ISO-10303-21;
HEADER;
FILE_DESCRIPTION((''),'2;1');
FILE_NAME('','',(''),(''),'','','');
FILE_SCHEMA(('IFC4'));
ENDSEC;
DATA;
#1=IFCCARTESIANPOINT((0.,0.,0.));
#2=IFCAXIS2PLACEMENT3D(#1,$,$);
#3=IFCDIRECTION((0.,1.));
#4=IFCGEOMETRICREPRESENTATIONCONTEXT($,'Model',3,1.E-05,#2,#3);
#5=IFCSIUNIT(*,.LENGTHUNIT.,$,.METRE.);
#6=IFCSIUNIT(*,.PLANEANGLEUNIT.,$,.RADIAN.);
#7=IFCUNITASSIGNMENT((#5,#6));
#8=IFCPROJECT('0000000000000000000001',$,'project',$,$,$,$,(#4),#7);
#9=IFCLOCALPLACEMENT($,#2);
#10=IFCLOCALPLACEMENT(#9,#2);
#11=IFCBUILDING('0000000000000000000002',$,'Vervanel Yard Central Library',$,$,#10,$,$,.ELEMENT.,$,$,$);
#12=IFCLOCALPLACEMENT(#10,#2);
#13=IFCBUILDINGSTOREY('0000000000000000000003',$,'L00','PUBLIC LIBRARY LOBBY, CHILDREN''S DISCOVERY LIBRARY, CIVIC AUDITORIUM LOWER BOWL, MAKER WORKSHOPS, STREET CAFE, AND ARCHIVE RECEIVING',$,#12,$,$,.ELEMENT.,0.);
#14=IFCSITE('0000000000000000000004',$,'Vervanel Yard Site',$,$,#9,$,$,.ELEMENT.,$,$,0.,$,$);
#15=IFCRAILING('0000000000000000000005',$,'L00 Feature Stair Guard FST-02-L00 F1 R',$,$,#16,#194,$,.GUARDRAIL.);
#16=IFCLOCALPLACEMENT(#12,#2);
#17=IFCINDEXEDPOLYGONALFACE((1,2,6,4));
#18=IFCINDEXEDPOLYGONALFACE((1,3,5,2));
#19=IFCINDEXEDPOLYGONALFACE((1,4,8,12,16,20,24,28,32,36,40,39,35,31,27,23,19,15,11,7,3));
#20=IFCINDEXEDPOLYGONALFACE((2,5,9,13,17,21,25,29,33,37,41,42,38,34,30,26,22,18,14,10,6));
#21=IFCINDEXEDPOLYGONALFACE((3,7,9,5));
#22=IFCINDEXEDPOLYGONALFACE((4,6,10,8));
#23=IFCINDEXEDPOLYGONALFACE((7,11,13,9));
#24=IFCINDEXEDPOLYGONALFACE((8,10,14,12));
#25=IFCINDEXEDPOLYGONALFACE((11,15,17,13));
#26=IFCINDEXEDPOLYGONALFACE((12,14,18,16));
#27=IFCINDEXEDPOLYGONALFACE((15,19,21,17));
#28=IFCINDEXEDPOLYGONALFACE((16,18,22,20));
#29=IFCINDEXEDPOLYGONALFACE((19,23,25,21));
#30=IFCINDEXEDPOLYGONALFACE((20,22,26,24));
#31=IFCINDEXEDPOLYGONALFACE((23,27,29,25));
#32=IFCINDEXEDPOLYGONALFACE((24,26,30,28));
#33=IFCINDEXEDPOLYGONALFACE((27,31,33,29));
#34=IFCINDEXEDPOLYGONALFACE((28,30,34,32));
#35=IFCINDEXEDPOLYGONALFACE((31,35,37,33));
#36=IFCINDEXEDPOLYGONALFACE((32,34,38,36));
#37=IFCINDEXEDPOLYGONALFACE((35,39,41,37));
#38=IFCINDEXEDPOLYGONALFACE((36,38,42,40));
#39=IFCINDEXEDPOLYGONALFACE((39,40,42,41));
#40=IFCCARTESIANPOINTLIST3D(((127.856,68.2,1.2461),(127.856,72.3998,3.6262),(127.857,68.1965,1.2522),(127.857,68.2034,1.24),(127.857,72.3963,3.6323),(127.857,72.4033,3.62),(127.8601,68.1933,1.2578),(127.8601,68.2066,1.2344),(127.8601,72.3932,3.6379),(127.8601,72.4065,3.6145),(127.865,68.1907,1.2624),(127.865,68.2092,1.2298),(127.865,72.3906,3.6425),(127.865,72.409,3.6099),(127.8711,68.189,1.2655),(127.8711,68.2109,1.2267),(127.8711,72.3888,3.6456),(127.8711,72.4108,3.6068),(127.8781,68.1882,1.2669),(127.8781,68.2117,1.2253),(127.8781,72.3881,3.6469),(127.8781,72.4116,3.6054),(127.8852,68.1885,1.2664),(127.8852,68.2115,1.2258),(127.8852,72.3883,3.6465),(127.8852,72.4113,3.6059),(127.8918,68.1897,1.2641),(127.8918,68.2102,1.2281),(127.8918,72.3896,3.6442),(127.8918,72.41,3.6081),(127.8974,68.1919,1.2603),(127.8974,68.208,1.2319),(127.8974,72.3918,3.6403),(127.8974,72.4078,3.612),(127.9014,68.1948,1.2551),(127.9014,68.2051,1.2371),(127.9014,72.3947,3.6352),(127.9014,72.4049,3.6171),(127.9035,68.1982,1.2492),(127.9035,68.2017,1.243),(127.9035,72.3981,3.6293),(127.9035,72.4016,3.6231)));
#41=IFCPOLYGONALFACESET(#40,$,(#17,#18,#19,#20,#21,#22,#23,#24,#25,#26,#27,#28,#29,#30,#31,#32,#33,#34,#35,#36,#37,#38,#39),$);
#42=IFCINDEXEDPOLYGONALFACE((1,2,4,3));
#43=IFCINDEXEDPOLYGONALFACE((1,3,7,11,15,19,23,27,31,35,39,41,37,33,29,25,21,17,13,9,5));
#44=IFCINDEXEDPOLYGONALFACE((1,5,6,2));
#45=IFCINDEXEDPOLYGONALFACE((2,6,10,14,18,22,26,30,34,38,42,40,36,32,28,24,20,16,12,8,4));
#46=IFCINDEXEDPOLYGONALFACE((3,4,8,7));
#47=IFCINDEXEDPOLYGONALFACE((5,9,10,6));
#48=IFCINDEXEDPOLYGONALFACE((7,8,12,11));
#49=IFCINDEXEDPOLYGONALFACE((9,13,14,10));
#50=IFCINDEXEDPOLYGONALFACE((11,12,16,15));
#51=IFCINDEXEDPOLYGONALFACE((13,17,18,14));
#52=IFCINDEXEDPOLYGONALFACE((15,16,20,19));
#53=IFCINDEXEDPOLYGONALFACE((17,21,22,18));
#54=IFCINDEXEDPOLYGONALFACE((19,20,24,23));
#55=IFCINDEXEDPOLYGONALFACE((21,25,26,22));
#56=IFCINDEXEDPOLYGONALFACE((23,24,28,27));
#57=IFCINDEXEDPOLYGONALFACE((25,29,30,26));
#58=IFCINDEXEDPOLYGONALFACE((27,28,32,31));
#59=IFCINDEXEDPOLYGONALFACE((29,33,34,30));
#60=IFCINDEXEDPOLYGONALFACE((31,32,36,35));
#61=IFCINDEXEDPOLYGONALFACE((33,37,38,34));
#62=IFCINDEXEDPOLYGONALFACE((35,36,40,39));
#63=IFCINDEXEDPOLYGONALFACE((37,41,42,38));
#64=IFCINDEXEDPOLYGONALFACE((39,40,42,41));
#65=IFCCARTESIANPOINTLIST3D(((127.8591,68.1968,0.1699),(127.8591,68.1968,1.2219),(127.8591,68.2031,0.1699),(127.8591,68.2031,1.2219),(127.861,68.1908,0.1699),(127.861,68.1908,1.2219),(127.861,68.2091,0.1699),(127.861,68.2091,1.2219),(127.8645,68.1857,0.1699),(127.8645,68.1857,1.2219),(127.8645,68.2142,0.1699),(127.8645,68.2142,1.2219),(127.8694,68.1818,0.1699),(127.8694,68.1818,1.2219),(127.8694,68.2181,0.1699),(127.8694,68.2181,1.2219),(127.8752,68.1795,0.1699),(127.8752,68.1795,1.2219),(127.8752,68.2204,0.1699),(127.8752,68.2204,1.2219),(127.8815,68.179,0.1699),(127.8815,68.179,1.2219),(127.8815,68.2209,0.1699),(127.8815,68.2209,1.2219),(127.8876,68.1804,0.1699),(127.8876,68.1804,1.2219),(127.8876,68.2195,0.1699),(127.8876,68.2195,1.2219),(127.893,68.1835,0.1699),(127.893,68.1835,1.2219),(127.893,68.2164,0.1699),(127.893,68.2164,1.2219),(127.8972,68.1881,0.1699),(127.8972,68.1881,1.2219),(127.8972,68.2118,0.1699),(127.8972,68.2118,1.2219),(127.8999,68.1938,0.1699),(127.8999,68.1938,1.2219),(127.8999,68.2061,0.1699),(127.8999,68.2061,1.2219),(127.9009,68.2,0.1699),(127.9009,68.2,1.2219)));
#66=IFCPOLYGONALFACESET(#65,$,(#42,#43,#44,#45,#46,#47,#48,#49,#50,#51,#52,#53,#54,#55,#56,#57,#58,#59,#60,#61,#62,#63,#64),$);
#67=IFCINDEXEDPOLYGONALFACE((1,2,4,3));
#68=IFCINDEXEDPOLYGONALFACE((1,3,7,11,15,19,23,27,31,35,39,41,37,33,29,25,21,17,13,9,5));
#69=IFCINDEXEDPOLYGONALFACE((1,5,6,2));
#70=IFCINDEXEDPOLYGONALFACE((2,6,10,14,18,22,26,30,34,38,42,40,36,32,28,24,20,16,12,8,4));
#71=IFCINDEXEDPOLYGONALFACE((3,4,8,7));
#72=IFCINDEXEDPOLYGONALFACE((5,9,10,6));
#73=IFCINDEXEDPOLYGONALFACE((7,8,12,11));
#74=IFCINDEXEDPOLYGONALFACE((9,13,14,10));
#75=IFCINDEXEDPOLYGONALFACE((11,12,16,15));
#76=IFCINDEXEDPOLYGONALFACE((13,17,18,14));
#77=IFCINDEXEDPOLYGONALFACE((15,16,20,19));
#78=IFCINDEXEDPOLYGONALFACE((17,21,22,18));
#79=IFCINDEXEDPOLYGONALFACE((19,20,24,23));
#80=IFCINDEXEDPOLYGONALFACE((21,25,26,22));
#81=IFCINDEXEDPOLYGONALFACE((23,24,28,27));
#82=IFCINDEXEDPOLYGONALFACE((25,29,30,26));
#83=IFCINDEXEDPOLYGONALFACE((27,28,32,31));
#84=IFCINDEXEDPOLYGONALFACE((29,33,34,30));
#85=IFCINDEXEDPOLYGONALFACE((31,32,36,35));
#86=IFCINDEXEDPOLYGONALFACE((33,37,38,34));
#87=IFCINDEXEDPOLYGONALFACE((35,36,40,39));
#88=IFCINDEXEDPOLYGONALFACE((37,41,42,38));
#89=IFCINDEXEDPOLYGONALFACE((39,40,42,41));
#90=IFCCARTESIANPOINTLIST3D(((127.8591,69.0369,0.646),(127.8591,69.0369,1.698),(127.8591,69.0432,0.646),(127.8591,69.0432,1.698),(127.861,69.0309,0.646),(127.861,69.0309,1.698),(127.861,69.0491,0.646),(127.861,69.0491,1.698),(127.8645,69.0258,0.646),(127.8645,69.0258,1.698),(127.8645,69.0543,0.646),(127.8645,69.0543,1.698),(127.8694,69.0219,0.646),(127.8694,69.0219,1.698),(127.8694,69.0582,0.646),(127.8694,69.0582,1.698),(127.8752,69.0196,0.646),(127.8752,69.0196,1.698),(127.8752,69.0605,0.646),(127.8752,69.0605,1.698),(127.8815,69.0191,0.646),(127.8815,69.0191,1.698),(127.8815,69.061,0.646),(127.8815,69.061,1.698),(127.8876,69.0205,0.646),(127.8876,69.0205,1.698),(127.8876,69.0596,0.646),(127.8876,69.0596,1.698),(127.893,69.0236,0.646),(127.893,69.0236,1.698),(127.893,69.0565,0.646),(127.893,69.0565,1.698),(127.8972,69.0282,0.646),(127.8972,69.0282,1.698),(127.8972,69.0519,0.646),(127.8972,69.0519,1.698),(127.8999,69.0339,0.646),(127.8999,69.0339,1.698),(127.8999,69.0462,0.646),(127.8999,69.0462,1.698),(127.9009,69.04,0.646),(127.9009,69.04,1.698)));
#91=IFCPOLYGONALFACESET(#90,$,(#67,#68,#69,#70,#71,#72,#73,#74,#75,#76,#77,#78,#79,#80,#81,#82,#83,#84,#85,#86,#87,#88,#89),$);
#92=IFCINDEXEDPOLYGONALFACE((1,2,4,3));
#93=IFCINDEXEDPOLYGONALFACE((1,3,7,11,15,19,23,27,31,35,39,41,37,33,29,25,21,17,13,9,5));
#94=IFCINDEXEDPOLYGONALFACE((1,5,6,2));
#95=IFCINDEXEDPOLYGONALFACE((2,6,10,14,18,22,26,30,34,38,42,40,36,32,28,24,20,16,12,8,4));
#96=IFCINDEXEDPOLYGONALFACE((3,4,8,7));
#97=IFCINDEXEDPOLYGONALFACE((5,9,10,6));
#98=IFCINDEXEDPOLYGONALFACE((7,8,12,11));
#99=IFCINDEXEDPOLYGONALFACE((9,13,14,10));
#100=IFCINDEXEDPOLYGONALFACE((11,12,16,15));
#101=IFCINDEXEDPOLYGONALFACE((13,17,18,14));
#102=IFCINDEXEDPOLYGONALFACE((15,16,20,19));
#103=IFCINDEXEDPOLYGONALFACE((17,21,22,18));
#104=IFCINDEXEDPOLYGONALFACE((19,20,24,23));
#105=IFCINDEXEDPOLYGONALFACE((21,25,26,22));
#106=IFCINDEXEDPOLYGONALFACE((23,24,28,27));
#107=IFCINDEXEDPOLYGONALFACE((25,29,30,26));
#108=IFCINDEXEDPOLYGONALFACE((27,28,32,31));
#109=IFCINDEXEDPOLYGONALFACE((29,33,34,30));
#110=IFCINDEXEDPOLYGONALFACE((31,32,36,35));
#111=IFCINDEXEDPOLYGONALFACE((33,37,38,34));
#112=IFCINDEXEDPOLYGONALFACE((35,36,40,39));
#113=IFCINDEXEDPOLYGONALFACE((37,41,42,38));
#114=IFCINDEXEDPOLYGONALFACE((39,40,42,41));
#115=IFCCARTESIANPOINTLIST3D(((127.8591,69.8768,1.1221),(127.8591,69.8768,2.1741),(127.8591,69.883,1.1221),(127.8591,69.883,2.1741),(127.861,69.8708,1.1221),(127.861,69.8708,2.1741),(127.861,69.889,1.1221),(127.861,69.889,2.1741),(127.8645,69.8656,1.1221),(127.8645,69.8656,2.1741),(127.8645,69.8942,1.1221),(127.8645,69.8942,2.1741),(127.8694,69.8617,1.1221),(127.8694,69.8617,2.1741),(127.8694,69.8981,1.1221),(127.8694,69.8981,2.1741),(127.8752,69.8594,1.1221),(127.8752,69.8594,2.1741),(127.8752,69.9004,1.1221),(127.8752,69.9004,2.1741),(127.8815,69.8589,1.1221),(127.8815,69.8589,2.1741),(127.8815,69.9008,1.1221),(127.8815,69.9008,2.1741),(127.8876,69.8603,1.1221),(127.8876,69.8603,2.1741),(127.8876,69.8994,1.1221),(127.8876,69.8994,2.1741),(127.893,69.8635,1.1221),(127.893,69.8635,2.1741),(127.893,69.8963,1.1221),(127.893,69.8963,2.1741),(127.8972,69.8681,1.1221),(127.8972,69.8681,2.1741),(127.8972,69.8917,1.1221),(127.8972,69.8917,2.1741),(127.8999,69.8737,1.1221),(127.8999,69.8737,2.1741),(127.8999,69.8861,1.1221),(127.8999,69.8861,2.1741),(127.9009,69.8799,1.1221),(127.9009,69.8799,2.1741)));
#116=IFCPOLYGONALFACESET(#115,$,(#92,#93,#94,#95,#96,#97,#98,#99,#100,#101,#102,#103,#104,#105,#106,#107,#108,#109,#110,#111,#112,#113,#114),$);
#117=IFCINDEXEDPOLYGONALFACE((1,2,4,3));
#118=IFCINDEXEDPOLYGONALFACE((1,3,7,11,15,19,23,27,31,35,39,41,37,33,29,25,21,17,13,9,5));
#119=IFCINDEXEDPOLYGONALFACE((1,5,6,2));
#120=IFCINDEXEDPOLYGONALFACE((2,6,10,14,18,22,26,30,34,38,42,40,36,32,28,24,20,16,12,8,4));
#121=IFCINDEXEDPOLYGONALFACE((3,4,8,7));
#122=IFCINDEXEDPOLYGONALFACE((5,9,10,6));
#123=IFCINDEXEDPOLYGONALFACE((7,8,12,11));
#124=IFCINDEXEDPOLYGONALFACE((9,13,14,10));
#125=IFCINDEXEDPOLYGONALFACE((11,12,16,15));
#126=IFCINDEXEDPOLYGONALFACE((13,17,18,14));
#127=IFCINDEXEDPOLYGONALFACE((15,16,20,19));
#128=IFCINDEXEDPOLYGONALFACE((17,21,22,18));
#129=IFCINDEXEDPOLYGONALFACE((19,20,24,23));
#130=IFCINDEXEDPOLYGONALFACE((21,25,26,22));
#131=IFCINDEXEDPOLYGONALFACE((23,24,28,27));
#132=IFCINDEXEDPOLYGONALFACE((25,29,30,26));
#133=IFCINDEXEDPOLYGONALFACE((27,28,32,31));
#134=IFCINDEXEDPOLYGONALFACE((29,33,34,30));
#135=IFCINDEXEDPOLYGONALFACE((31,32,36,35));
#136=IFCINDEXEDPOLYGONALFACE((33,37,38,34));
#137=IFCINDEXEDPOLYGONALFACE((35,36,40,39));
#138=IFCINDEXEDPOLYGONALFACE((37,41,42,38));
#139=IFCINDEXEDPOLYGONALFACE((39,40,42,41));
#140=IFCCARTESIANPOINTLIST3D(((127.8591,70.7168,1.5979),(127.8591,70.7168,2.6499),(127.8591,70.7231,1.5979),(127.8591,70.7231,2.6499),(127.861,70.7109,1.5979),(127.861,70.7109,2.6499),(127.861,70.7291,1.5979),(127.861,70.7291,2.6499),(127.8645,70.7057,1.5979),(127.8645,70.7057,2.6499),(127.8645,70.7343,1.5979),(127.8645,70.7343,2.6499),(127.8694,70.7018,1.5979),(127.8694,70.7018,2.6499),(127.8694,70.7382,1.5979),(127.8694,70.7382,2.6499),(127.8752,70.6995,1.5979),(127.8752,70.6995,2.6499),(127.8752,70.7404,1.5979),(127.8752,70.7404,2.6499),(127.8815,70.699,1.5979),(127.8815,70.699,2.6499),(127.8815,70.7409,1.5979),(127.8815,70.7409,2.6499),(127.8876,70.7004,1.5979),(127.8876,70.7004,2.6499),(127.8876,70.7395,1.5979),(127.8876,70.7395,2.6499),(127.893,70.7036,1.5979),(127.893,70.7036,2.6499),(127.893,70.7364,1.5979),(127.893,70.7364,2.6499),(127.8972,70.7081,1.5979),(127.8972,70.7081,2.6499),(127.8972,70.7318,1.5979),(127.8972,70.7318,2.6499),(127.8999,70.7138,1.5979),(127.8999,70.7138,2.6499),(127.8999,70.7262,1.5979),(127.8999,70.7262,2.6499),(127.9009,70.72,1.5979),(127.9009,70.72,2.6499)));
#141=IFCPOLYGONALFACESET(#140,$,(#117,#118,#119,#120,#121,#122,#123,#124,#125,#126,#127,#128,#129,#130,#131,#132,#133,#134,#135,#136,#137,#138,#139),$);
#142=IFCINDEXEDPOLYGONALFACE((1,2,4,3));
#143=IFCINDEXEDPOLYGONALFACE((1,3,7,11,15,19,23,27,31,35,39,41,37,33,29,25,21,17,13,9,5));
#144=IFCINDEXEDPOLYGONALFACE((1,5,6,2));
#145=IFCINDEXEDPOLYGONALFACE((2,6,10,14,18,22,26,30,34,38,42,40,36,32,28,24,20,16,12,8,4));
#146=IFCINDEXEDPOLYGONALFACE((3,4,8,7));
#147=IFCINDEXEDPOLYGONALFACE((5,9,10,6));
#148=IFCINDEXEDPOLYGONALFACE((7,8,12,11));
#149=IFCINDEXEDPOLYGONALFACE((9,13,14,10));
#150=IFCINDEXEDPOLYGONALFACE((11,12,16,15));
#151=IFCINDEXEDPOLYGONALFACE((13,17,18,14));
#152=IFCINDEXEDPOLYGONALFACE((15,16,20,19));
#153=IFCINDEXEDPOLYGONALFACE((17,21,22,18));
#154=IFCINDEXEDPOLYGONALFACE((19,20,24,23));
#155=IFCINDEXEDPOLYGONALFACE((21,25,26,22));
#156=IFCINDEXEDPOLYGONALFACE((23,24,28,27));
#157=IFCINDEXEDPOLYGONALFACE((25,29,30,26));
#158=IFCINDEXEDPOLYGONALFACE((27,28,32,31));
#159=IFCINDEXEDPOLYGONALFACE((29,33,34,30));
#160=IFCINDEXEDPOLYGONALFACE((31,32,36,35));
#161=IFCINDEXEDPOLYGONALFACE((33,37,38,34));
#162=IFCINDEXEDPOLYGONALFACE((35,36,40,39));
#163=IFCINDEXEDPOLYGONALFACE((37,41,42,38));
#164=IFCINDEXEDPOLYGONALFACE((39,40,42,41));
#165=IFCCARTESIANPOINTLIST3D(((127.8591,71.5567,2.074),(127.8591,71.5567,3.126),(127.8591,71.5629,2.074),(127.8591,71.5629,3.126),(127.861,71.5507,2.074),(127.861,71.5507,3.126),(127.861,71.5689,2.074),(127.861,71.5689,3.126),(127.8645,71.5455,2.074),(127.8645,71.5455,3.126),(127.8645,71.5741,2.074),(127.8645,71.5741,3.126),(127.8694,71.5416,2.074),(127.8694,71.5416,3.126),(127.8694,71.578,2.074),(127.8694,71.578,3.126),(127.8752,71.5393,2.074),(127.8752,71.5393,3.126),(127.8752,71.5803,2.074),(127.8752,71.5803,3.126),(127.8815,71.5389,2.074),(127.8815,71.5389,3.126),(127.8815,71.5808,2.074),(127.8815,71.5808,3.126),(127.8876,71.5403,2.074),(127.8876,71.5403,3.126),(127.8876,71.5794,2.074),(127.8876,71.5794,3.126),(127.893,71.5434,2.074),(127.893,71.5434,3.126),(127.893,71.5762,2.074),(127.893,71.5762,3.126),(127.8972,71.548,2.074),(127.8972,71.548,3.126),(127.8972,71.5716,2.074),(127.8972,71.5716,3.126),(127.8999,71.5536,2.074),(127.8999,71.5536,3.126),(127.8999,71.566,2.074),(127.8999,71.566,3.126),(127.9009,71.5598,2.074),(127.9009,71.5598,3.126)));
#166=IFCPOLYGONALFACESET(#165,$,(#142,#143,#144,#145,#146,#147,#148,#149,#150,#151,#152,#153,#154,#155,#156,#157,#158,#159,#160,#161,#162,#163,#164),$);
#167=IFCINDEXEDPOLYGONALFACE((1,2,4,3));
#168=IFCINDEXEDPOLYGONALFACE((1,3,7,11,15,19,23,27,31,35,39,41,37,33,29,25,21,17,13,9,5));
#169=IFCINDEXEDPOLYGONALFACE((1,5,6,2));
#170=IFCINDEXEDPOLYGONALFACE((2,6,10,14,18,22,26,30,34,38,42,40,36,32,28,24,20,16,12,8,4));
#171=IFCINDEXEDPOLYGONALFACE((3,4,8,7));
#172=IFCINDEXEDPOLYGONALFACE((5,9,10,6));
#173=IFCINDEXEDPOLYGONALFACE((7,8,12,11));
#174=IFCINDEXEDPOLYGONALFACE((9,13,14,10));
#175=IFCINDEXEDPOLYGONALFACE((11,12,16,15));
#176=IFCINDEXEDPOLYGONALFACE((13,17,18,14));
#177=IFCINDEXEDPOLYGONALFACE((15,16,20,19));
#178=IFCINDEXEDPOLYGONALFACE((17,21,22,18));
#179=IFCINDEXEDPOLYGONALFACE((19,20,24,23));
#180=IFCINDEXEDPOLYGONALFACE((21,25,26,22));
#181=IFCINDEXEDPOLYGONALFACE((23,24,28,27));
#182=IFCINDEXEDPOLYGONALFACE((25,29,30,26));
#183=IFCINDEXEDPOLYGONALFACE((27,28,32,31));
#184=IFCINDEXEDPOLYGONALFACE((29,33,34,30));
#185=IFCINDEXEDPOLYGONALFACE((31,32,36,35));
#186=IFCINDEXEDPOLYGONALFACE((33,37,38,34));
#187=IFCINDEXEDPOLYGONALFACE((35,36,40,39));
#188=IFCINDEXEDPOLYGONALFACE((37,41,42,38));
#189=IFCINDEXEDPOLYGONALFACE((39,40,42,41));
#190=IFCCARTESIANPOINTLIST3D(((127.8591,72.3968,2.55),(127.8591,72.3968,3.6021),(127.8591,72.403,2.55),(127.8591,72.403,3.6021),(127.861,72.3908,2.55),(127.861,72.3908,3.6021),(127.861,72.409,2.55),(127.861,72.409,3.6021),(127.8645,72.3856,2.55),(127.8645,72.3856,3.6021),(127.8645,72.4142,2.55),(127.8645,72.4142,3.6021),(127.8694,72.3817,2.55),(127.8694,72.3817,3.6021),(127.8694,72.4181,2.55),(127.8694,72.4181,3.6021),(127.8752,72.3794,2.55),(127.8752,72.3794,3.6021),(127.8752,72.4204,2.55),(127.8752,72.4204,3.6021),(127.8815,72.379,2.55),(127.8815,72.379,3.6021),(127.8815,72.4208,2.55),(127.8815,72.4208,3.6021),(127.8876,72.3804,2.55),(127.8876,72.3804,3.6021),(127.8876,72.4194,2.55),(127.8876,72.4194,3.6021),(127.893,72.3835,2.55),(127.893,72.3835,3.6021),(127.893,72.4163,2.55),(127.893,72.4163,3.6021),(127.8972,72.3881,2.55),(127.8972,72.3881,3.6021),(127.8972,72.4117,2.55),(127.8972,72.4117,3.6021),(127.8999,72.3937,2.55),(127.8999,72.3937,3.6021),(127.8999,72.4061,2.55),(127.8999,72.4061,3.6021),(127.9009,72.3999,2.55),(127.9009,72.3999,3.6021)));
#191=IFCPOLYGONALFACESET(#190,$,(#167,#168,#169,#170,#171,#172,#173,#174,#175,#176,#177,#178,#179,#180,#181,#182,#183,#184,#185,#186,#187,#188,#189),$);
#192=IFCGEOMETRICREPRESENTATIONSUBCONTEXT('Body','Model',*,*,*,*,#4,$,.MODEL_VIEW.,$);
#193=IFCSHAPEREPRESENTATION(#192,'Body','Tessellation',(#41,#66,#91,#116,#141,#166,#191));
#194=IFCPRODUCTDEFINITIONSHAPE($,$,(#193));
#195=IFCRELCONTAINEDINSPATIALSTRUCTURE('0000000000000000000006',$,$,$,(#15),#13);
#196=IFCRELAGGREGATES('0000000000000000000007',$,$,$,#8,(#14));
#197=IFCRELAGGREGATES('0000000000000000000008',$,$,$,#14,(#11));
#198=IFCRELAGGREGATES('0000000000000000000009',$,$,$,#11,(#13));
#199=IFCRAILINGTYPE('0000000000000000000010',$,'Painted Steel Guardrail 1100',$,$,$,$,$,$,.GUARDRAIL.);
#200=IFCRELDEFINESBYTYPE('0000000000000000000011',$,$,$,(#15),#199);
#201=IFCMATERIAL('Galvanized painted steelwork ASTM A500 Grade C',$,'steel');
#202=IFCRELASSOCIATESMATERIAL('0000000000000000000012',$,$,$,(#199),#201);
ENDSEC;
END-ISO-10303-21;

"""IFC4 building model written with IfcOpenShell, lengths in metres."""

from ifc_helpers import new_model, si_unit, direction, frame, origin, origin_2d, place, context, subcontext, project, spatial, circle, extrude, material, type_object, element, save


model = new_model("IFC4")

# Units and contexts
model_context = context("Model", 3, precision=1e-05, world=origin(), true_north=direction((0.0, 1.0)))
body_context = subcontext(model_context, "Body", "Model", "MODEL_VIEW")
ifc_project = project(units=[si_unit("LENGTHUNIT", "METRE"), si_unit("PLANEANGLEUNIT", "RADIAN")], contexts=[model_context])

# Site, building, storey
site_placement = place(None, origin())
site = spatial("IfcSite", under=ifc_project, at=site_placement, Name="Vervanel Yard Site", CompositionType="ELEMENT", RefElevation=0.0)
building_placement = place(site_placement, origin())
building = spatial("IfcBuilding", under=site, at=building_placement, Name="Vervanel Yard Central Library", CompositionType="ELEMENT")
storey_placement = place(building_placement, origin())
storey = spatial("IfcBuildingStorey", under=building, at=storey_placement, Name="L00", Description="PUBLIC LIBRARY LOBBY, CHILDREN'S DISCOVERY LIBRARY, CIVIC AUDITORIUM LOWER BOWL, MAKER WORKSHOPS, STREET CAFE, AND ARCHIVE RECEIVING", CompositionType="ELEMENT", Elevation=0.0)

# Railing
ifc_material_1 = material(Name="Galvanized painted steelwork ASTM A500 Grade C", Category="steel")
railing_type = type_object("IfcRailingType", Name="Painted Steel Guardrail 1100", PredefinedType="GUARDRAIL", material=ifc_material_1)
for number, where, name in (
    (1, (127.8799, 68.2, 0.1699), "L00 Feature Stair Guard FST-02-L00 F1 R"),
):
    element("IfcRailing", number, at=place(storey_placement, frame(where)), inside=storey, type_object=railing_type, Name=name, PredefinedType="GUARDRAIL", context=body_context, shape_type="SweptSolid", body=[
        extrude(circle(Radius=0.0239, at=origin_2d()), frame((0.0, 0.0, 1.0762), z_axis=(0.0, 0.870008, 0.493037), x_axis=(-1.0, 0.0, 0.0)), (0.0, 0.0, 1.0), 4.8274),
        extrude(circle(Radius=0.021, at=origin_2d()), origin(), (0.0, 0.0, 1.0), 1.052),
        extrude(circle(Radius=0.021, at=origin_2d()), frame((0.0, 0.8401, 0.4761)), (0.0, 0.0, 1.0), 1.052),
        extrude(circle(Radius=0.021, at=origin_2d()), frame((0.0, 1.6799, 0.9521)), (0.0, 0.0, 1.0), 1.052),
        extrude(circle(Radius=0.021, at=origin_2d()), frame((0.0, 2.52, 1.428)), (0.0, 0.0, 1.0), 1.052),
        extrude(circle(Radius=0.021, at=origin_2d()), frame((0.0, 3.3599, 1.9041)), (0.0, 0.0, 1.0), 1.052),
        extrude(circle(Radius=0.021, at=origin_2d()), frame((0.0, 4.2, 2.3801)), (0.0, 0.0, 1.0), 1.052),
    ])

save(model, "model.ifc")
